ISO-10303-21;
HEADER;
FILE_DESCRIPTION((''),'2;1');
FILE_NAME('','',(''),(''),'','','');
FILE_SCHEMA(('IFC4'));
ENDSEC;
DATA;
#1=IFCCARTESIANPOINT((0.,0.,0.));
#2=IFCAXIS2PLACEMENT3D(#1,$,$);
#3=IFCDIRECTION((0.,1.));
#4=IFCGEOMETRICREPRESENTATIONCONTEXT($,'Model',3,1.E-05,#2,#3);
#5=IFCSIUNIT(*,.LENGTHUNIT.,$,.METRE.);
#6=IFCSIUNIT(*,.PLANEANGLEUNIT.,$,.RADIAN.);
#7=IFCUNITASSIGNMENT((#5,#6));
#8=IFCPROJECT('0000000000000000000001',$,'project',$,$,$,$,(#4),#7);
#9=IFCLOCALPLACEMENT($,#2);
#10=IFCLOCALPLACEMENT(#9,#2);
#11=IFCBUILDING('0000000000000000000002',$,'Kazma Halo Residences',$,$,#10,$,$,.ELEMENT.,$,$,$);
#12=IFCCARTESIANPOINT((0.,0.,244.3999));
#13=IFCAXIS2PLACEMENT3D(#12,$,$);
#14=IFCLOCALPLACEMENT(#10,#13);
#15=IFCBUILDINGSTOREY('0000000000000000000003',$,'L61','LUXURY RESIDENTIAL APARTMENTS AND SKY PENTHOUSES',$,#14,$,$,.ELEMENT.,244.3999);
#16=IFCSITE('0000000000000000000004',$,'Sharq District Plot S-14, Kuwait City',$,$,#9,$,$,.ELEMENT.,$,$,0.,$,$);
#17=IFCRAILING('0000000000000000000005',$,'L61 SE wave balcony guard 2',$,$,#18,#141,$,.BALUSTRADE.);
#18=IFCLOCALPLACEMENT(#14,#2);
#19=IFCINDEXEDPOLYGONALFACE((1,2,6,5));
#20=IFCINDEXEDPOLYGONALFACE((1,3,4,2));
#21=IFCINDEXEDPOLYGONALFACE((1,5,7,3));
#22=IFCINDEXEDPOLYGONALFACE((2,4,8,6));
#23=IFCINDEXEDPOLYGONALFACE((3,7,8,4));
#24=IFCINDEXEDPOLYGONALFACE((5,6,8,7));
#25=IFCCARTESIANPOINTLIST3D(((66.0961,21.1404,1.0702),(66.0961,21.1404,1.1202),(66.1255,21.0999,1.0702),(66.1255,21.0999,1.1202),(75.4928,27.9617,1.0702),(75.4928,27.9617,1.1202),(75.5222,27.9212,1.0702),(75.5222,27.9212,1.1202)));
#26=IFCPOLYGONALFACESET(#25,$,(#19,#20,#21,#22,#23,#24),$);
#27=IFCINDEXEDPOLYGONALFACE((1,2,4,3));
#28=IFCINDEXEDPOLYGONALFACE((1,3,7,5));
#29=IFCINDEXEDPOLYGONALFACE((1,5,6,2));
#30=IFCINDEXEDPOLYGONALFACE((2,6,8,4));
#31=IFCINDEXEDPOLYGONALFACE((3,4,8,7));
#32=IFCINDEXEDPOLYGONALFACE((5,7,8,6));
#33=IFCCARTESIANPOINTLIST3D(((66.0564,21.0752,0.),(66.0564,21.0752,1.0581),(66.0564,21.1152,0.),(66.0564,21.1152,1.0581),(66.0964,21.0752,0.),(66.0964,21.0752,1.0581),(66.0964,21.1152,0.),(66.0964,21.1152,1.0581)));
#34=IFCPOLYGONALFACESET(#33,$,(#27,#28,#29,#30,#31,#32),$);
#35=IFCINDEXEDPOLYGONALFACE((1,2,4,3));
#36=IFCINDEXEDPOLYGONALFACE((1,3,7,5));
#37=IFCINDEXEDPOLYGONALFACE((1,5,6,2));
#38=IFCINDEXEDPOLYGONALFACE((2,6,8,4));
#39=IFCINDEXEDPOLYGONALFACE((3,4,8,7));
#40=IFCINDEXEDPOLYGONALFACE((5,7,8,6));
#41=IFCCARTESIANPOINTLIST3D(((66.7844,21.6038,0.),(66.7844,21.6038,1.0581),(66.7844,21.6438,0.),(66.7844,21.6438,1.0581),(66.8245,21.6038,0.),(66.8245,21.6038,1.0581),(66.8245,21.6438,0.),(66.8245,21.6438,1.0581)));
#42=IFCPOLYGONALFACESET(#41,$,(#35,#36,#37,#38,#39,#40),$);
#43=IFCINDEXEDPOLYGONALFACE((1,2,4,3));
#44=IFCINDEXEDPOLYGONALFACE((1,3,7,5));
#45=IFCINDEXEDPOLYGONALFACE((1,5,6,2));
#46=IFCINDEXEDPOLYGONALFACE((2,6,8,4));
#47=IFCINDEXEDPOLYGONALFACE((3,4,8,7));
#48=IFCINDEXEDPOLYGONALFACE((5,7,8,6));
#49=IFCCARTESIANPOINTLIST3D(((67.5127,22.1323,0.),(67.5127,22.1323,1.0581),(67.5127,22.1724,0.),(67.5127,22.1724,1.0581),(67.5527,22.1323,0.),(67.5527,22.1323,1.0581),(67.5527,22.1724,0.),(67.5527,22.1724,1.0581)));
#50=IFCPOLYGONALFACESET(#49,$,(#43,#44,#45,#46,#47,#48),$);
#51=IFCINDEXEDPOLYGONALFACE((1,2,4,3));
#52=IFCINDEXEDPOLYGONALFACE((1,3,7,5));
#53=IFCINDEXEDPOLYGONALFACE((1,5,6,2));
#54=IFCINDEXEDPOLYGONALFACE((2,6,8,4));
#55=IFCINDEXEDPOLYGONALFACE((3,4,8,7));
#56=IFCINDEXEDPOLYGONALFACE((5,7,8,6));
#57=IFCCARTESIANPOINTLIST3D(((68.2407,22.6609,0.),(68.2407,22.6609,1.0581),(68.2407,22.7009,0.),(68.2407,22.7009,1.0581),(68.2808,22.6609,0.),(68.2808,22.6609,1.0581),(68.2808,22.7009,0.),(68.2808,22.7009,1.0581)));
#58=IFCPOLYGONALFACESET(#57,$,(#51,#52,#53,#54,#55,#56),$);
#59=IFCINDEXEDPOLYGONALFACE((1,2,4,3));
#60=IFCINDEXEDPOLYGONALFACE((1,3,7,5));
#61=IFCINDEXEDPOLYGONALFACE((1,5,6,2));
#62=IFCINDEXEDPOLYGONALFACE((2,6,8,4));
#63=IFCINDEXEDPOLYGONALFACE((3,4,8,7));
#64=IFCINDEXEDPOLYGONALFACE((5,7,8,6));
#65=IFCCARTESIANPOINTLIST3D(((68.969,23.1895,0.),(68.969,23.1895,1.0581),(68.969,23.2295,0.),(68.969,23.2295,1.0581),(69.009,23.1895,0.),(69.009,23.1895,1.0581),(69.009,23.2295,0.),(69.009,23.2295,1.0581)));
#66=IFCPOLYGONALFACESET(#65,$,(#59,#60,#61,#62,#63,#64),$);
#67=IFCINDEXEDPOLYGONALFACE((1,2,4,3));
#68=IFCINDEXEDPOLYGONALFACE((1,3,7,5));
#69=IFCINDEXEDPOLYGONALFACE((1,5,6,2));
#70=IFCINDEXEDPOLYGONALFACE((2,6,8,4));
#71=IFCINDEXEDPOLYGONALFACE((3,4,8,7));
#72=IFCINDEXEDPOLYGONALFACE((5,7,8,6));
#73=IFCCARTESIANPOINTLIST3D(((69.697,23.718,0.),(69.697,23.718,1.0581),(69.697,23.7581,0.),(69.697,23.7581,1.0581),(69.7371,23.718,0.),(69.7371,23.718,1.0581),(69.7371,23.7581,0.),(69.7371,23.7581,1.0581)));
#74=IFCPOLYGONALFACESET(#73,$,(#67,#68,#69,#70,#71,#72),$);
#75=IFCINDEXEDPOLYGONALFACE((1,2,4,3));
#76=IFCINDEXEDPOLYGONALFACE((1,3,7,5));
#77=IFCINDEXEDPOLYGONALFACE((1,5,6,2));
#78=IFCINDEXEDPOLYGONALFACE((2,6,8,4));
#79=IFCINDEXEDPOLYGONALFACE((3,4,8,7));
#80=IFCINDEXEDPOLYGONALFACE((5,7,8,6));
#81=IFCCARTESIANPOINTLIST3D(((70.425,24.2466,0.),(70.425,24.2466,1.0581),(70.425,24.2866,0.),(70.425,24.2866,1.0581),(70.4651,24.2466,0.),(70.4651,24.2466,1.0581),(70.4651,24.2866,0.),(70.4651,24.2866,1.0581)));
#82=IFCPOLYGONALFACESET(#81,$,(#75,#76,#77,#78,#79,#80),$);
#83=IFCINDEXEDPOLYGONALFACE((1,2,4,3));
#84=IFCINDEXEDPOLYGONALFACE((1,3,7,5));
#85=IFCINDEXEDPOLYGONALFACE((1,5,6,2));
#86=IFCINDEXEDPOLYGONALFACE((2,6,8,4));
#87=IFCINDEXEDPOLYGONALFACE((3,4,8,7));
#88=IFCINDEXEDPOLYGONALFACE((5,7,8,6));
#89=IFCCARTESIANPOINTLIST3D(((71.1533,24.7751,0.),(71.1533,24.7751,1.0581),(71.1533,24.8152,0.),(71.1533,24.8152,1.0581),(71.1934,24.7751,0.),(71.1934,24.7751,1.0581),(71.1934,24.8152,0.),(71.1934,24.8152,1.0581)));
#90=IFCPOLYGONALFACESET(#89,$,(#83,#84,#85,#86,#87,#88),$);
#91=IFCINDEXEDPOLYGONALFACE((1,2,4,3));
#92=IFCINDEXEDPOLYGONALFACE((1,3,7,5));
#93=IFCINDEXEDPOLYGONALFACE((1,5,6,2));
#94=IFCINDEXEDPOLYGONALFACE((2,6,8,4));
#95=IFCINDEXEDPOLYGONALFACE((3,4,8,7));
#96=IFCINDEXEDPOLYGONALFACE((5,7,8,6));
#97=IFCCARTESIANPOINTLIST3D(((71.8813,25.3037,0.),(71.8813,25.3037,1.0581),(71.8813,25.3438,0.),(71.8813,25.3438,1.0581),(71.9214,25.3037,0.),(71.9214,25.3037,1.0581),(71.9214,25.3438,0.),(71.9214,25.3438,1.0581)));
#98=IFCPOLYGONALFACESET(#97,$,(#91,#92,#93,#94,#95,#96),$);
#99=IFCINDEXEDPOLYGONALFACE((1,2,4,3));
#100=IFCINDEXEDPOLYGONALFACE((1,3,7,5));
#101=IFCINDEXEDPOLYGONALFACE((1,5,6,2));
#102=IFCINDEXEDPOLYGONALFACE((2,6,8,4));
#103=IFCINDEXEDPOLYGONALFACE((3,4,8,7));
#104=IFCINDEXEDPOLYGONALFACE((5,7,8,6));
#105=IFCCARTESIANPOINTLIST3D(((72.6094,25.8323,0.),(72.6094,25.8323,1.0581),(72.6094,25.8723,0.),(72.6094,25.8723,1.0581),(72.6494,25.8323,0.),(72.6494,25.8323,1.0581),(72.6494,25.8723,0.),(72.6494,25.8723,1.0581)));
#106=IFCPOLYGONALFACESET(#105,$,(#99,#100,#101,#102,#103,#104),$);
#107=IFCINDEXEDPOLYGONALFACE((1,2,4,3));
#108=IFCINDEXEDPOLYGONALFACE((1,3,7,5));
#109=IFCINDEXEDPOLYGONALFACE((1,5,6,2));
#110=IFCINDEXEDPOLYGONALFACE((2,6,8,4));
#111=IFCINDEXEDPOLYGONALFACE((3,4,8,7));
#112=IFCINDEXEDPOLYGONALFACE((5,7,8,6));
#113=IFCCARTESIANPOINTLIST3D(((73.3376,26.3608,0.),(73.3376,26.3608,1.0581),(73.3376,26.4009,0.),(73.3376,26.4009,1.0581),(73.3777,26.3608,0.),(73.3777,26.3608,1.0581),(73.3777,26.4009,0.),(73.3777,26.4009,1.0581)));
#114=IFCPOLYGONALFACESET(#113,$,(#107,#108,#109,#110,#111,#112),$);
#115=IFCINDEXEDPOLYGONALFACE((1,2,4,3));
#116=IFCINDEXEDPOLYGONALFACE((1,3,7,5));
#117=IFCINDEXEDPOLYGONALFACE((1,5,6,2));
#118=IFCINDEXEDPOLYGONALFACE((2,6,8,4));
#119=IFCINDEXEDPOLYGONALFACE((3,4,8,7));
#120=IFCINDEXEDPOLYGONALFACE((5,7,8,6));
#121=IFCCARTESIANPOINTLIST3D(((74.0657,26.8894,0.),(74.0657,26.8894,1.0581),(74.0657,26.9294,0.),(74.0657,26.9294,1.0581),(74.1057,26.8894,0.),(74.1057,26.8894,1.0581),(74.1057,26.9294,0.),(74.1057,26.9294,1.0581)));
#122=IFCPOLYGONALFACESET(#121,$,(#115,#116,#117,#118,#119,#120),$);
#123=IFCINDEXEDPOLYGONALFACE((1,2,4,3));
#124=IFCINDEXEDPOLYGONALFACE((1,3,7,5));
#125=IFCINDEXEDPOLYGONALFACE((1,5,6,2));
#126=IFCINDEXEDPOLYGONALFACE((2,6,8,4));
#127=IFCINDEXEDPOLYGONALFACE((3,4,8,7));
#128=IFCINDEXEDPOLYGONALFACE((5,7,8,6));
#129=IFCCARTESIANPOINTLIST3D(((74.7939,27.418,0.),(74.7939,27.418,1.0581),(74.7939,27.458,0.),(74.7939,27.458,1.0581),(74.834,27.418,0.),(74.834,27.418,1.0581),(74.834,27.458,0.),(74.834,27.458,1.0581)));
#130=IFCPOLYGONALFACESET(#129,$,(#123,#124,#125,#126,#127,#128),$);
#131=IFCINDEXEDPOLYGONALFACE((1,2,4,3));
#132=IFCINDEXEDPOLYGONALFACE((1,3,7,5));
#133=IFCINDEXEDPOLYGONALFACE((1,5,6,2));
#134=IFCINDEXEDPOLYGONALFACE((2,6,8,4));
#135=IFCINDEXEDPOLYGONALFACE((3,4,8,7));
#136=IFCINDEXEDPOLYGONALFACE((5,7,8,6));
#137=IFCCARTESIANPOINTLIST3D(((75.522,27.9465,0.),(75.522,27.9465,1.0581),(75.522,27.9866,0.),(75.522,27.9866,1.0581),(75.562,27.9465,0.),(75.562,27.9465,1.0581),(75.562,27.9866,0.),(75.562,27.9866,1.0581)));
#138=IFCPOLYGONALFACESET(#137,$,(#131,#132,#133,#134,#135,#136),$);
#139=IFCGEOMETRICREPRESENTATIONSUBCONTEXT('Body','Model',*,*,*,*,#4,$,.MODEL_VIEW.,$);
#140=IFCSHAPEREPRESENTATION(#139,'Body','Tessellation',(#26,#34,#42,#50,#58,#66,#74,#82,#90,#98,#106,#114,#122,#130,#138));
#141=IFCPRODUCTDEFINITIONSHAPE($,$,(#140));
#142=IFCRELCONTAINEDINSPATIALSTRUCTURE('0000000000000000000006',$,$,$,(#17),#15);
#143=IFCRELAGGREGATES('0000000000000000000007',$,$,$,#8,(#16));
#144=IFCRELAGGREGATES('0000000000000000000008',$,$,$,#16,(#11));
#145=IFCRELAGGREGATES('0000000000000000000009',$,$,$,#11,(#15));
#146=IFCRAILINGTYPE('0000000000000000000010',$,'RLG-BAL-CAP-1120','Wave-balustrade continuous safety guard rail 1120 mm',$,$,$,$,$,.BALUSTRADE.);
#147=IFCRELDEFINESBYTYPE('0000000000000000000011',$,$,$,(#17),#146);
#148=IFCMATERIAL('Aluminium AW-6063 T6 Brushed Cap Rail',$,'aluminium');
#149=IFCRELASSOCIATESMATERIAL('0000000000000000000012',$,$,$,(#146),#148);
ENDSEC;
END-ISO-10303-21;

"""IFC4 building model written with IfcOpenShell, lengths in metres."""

from ifc_helpers import new_model, si_unit, direction, frame, origin, origin_2d, place, context, subcontext, project, spatial, rectangle, extrude, material, type_object, element, save


model = new_model("IFC4")

# Units and contexts
model_context = context("Model", 3, precision=1e-05, world=origin(), true_north=direction((0.0, 1.0)))
body_context = subcontext(model_context, "Body", "Model", "MODEL_VIEW")
ifc_project = project(units=[si_unit("LENGTHUNIT", "METRE"), si_unit("PLANEANGLEUNIT", "RADIAN")], contexts=[model_context])

# Site, building, storey
site_placement = place(None, origin())
site = spatial("IfcSite", under=ifc_project, at=site_placement, Name="Sharq District Plot S-14, Kuwait City", CompositionType="ELEMENT", RefElevation=0.0)
building_placement = place(site_placement, origin())
building = spatial("IfcBuilding", under=site, at=building_placement, Name="Kazma Halo Residences", CompositionType="ELEMENT")
storey_placement = place(building_placement, frame((0.0, 0.0, 244.3999)))
storey = spatial("IfcBuildingStorey", under=building, at=storey_placement, Name="L61", Description="LUXURY RESIDENTIAL APARTMENTS AND SKY PENTHOUSES", CompositionType="ELEMENT", Elevation=244.3999)

# Railing
ifc_material_1 = material(Name="Aluminium AW-6063 T6 Brushed Cap Rail", Category="aluminium")
railing_type = type_object("IfcRailingType", Name="RLG-BAL-CAP-1120", Description="Wave-balustrade continuous safety guard rail 1120 mm", PredefinedType="BALUSTRADE", material=ifc_material_1)
railing_1_placement = place(storey_placement, frame((66.0764, 21.0952, 0.0)))
element("IfcRailing", 1, at=railing_1_placement, inside=storey, type_object=railing_type, Name="L61 SE wave balcony guard 2", PredefinedType="BALUSTRADE", context=body_context, shape_type="SweptSolid", body=[
    extrude(rectangle(XDim=0.05, YDim=0.05, at=origin_2d()), frame((0.0344, 0.0249, 1.0952), z_axis=(0.809253, 0.58746, 0.0), x_axis=(-0.58746, 0.809253, 0.0)), (0.0, 0.0, 1.0), 11.6116),
    extrude(rectangle(XDim=0.04, YDim=0.04, at=origin_2d()), origin(), (0.0, 0.0, 1.0), 1.0581),
    extrude(rectangle(XDim=0.04, YDim=0.04, at=origin_2d()), frame((0.728, 0.5286, 0.0)), (0.0, 0.0, 1.0), 1.0581),
    extrude(rectangle(XDim=0.04, YDim=0.04, at=origin_2d()), frame((1.4563, 1.0571, 0.0)), (0.0, 0.0, 1.0), 1.0581),
    extrude(rectangle(XDim=0.04, YDim=0.04, at=origin_2d()), frame((2.1843, 1.5857, 0.0)), (0.0, 0.0, 1.0), 1.0581),
    extrude(rectangle(XDim=0.04, YDim=0.04, at=origin_2d()), frame((2.9126, 2.1143, 0.0)), (0.0, 0.0, 1.0), 1.0581),
    extrude(rectangle(XDim=0.04, YDim=0.04, at=origin_2d()), frame((3.6406, 2.6428, 0.0)), (0.0, 0.0, 1.0), 1.0581),
    extrude(rectangle(XDim=0.04, YDim=0.04, at=origin_2d()), frame((4.3687, 3.1714, 0.0)), (0.0, 0.0, 1.0), 1.0581),
    extrude(rectangle(XDim=0.04, YDim=0.04, at=origin_2d()), frame((5.0969, 3.7, 0.0)), (0.0, 0.0, 1.0), 1.0581),
    extrude(rectangle(XDim=0.04, YDim=0.04, at=origin_2d()), frame((5.825, 4.2285, 0.0)), (0.0, 0.0, 1.0), 1.0581),
    extrude(rectangle(XDim=0.04, YDim=0.04, at=origin_2d()), frame((6.553, 4.7571, 0.0)), (0.0, 0.0, 1.0), 1.0581),
    extrude(rectangle(XDim=0.04, YDim=0.04, at=origin_2d()), frame((7.2812, 5.2856, 0.0)), (0.0, 0.0, 1.0), 1.0581),
    extrude(rectangle(XDim=0.04, YDim=0.04, at=origin_2d()), frame((8.0093, 5.8142, 0.0)), (0.0, 0.0, 1.0), 1.0581),
    extrude(rectangle(XDim=0.04, YDim=0.04, at=origin_2d()), frame((8.7375, 6.3428, 0.0)), (0.0, 0.0, 1.0), 1.0581),
    extrude(rectangle(XDim=0.04, YDim=0.04, at=origin_2d()), frame((9.4656, 6.8713, 0.0)), (0.0, 0.0, 1.0), 1.0581),
])

save(model, "model.ifc")
